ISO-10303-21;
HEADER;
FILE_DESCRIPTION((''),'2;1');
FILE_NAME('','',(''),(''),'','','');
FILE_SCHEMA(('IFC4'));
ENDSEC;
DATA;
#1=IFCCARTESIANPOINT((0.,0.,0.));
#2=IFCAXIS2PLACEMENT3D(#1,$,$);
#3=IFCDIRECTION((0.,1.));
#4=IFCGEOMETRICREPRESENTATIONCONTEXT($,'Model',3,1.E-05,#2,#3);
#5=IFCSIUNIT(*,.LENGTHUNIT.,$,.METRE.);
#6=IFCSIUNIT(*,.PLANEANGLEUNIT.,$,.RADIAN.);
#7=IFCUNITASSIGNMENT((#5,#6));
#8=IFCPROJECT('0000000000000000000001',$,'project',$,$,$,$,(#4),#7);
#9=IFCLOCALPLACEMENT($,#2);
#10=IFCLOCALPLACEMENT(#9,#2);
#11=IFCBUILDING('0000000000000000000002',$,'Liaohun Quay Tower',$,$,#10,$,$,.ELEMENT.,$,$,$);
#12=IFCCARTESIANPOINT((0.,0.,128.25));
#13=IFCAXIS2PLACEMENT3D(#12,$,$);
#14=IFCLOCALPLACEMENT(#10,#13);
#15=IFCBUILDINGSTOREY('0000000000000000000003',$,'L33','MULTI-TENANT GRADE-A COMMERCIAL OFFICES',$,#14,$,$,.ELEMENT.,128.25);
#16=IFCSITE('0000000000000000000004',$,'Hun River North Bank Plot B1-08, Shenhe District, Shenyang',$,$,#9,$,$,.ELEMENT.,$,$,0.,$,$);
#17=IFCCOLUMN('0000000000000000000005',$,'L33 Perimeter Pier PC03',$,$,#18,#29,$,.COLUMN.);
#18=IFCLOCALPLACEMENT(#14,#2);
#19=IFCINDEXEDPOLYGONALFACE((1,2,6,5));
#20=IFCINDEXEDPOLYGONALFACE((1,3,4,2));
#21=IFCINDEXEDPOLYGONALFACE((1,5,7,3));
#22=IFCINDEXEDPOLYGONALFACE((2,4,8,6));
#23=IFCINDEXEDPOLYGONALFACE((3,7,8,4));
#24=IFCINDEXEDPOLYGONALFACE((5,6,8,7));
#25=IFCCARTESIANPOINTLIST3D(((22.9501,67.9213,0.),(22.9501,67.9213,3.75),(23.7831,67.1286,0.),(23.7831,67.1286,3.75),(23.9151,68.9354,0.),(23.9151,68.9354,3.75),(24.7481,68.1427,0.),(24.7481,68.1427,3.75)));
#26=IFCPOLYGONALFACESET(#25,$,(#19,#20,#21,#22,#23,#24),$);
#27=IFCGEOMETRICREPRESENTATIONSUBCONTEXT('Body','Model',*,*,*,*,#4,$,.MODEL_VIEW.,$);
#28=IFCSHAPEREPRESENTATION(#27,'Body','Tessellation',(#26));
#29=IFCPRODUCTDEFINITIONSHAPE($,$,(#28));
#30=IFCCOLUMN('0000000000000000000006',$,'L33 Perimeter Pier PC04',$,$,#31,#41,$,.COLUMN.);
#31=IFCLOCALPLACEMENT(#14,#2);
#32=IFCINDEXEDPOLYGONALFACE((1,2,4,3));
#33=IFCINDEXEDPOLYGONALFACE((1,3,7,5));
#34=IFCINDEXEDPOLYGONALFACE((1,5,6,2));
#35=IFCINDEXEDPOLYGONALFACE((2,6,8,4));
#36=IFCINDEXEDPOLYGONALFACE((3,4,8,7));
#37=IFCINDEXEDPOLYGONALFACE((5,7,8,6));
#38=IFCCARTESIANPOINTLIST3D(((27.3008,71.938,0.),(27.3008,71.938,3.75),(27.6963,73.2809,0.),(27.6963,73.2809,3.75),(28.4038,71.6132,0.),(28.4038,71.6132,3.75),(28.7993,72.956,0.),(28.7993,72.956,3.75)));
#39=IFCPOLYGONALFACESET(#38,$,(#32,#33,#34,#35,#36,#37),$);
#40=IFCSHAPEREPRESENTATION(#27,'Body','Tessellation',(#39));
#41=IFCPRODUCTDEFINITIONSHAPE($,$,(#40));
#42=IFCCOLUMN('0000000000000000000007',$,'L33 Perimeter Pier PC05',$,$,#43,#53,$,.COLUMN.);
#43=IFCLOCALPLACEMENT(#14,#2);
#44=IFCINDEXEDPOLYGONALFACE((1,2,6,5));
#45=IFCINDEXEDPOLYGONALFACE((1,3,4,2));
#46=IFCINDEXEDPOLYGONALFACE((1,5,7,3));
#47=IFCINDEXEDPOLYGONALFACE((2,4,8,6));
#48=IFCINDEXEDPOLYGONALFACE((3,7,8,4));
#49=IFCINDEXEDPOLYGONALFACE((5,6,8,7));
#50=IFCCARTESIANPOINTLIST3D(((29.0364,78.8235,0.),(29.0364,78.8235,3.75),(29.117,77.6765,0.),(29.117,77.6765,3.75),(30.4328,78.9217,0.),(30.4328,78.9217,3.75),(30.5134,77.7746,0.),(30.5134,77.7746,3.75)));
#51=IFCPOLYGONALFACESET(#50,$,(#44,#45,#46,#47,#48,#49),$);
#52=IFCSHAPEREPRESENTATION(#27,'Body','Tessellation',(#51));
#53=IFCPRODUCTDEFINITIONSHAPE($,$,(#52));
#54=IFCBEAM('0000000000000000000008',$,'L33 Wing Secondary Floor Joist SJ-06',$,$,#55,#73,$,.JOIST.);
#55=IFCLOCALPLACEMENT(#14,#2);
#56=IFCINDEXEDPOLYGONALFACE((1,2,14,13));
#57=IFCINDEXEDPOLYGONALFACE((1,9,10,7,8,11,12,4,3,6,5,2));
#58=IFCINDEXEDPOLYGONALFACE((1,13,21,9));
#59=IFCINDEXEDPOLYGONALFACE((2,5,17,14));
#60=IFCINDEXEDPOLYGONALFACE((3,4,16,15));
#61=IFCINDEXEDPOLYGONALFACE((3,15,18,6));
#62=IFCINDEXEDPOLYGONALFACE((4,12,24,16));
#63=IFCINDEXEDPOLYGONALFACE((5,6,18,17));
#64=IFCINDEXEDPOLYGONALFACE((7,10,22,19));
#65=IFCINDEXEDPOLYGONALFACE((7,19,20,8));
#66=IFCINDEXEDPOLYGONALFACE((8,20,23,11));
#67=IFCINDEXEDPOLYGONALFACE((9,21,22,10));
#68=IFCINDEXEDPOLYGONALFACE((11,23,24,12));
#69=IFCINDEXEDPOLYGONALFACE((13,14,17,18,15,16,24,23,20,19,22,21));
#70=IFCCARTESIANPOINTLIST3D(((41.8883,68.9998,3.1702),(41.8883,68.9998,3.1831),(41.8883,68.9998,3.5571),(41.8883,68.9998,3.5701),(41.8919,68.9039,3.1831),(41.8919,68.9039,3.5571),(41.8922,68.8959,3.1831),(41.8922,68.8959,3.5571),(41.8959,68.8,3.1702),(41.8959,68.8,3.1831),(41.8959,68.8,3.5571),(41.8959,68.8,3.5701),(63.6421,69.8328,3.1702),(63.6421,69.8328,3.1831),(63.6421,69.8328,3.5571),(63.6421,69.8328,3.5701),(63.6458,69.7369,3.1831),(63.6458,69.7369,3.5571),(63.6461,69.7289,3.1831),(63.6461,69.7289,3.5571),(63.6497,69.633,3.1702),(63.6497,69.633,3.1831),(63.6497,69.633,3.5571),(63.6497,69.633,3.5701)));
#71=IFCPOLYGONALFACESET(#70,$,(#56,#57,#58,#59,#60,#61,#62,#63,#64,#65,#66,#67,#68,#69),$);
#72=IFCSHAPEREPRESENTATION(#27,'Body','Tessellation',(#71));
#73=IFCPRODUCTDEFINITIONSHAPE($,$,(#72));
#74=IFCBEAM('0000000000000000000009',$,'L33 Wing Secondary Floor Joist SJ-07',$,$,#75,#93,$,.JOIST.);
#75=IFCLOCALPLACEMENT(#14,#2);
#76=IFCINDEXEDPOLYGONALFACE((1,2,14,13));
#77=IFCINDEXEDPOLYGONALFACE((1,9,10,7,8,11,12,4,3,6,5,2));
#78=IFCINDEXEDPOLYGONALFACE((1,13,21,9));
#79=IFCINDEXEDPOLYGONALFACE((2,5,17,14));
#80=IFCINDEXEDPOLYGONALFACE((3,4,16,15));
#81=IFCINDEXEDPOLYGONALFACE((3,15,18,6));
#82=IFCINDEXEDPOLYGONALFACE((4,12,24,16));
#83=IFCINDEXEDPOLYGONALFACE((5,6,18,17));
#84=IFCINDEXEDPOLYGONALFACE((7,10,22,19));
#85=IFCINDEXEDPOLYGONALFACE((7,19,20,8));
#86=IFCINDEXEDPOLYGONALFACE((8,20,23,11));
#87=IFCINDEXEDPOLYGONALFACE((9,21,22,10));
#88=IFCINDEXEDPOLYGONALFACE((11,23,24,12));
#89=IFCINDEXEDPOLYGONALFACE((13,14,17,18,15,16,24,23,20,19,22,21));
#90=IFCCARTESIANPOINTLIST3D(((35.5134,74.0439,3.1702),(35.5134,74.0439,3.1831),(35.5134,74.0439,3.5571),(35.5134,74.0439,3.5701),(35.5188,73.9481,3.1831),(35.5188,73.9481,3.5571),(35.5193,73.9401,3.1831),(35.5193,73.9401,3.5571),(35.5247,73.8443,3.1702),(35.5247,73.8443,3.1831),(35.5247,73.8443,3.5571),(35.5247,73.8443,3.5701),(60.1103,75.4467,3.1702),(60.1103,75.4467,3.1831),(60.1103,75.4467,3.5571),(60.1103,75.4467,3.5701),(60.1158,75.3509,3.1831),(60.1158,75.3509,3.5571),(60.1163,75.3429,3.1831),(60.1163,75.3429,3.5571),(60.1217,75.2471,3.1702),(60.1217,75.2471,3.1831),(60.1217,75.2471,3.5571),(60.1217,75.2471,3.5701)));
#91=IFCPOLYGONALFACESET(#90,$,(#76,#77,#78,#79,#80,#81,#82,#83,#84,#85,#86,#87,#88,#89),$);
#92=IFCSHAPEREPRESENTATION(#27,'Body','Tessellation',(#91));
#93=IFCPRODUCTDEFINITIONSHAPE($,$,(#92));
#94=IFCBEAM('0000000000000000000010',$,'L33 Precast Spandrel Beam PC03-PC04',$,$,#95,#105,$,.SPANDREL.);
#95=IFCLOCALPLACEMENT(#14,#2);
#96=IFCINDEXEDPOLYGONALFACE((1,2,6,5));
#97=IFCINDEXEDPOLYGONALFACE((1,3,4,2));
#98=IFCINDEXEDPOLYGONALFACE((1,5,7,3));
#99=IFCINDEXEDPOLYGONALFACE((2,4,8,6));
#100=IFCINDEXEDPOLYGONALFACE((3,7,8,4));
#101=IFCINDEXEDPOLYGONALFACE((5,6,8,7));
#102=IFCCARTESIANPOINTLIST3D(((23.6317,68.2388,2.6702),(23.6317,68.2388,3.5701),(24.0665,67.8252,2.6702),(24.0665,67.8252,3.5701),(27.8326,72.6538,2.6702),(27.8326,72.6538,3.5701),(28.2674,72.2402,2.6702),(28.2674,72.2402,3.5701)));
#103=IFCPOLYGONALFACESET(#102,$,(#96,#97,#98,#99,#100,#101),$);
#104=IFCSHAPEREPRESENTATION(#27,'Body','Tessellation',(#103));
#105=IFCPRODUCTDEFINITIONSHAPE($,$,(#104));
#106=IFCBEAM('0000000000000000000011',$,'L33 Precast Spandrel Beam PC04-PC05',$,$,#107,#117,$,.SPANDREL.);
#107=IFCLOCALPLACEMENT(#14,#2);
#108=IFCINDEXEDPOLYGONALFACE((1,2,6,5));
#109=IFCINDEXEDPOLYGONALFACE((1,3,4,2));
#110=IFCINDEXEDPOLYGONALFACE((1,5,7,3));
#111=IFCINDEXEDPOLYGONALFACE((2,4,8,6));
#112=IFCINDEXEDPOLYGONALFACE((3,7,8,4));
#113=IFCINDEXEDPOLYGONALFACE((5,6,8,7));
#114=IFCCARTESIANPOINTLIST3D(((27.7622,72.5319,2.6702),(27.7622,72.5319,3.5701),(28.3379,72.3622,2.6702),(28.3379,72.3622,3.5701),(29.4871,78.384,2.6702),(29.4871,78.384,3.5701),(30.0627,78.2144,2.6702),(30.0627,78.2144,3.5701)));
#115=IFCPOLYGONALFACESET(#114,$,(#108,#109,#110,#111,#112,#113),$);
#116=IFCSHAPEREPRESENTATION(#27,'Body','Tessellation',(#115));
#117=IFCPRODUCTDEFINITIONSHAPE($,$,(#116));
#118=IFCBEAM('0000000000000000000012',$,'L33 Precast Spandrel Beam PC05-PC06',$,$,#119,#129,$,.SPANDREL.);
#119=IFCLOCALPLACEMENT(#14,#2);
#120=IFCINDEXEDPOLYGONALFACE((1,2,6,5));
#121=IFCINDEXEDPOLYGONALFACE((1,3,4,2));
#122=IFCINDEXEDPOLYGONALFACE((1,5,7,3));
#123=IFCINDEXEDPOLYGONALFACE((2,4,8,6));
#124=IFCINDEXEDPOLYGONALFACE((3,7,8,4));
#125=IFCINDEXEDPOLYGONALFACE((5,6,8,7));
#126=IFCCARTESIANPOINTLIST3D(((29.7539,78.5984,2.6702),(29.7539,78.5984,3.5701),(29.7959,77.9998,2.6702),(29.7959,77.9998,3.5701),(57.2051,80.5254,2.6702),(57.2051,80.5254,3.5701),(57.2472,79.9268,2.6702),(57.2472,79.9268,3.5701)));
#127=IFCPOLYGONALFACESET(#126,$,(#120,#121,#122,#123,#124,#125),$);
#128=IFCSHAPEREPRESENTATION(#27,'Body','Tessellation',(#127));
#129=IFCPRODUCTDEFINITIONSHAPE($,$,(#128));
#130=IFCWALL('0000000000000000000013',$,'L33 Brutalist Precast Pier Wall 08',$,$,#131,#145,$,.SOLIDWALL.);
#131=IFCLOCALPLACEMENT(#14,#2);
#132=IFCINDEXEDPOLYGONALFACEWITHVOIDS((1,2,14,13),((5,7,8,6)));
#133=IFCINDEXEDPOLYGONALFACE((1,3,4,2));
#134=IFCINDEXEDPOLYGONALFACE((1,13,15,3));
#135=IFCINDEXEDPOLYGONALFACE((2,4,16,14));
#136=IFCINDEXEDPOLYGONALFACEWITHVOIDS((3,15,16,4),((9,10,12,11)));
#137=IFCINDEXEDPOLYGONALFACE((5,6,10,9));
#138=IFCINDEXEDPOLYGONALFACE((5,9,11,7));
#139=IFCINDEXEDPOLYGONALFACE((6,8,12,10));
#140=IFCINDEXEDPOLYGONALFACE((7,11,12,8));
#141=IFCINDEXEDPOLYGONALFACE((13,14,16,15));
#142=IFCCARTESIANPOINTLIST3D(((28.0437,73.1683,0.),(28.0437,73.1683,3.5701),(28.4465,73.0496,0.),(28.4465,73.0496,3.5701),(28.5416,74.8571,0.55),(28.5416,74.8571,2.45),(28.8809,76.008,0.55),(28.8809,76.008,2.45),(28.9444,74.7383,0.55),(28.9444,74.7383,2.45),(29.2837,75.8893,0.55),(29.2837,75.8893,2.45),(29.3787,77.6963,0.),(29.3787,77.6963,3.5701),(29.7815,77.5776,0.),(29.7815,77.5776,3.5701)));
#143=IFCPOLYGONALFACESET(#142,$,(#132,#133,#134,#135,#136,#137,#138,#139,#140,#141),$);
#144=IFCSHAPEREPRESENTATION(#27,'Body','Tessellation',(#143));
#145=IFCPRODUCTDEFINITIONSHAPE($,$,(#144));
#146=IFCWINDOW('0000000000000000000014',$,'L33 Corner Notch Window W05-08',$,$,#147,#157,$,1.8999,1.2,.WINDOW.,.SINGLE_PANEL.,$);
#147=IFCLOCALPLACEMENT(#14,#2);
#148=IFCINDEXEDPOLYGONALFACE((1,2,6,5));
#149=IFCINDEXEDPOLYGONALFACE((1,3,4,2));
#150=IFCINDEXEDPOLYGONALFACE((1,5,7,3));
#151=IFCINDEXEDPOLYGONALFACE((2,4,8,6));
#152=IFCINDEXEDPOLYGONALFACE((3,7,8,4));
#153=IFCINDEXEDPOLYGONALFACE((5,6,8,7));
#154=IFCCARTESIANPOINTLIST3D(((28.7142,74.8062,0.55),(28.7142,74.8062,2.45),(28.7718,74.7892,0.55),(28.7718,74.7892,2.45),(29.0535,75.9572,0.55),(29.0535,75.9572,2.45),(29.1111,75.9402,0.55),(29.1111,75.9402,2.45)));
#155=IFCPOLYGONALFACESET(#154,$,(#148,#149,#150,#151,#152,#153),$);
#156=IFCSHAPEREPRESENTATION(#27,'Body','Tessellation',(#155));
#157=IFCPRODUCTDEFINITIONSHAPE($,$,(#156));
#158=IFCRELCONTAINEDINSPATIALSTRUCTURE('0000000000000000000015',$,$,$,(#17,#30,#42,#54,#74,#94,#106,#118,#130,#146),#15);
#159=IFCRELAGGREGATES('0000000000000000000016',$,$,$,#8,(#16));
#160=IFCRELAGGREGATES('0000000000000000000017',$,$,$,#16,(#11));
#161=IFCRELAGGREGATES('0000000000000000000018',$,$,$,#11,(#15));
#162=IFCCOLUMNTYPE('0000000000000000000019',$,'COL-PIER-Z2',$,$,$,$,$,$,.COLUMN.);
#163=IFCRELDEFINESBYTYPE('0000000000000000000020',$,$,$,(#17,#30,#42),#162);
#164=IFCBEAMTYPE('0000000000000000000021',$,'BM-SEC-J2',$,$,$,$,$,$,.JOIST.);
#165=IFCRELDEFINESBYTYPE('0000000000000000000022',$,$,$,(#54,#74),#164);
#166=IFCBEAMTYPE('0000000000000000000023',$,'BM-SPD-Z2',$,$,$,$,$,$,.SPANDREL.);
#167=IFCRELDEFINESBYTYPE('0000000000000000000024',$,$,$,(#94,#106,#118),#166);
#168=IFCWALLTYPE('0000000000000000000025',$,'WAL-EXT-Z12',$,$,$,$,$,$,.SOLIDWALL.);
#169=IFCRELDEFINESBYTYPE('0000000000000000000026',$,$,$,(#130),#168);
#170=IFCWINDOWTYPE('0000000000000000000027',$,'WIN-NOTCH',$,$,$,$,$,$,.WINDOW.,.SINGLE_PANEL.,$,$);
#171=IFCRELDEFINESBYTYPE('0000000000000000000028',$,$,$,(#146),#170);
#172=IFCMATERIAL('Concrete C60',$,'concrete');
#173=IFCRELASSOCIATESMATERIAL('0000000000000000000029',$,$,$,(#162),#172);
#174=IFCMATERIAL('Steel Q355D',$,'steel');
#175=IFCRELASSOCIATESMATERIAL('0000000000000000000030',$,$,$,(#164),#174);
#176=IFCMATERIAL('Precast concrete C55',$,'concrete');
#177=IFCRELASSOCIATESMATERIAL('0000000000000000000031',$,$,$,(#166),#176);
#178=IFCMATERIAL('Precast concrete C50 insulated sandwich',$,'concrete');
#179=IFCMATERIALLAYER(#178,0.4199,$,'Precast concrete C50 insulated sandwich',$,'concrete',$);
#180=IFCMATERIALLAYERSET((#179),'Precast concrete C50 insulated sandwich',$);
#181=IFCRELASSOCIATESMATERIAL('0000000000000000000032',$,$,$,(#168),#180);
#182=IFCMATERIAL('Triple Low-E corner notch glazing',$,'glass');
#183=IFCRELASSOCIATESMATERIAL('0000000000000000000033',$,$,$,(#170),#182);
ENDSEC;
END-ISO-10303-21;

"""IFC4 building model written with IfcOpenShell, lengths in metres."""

from ifc_helpers import new_model, si_unit, direction, frame, frame_2d, origin, origin_2d, place, context, subcontext, project, spatial, rectangle, i_section, extrude, source, transform, mapped, material, layer, layer_set, material_profile, profile_set, type_object, element, fill, save


model = new_model("IFC4")

# Units and contexts
model_context = context("Model", 3, precision=1e-05, world=origin(), true_north=direction((0.0, 1.0)))
body_context = subcontext(model_context, "Body", "Model", "MODEL_VIEW")
ifc_project = project(units=[si_unit("LENGTHUNIT", "METRE"), si_unit("PLANEANGLEUNIT", "RADIAN")], contexts=[model_context])

# Site, building, storey
site_placement = place(None, origin())
site = spatial("IfcSite", under=ifc_project, at=site_placement, Name="Hun River North Bank Plot B1-08, Shenhe District, Shenyang", CompositionType="ELEMENT", RefElevation=0.0)
building_placement = place(site_placement, origin())
building = spatial("IfcBuilding", under=site, at=building_placement, Name="Liaohun Quay Tower", CompositionType="ELEMENT")
storey_placement = place(building_placement, frame((0.0, 0.0, 128.25)))
storey = spatial("IfcBuildingStorey", under=building, at=storey_placement, Name="L33", Description="MULTI-TENANT GRADE-A COMMERCIAL OFFICES", CompositionType="ELEMENT", Elevation=128.25)

# Columns
ifc_material_1 = material(Name="Concrete C60", Category="concrete")
ifc_material_profile_1 = material_profile(ifc_material_1, rectangle(XDim=1.3999, YDim=1.1499, at=origin_2d()), Name="RC1400x1150")
ifc_profile_set_1 = profile_set([ifc_material_profile_1], Name="Concrete C60")
column_type = type_object("IfcColumnType", Name="COL-PIER-Z2", PredefinedType="COLUMN", material=ifc_profile_set_1)
shared_shape_1 = source(origin(), body_context, "Body", "SweptSolid", [
    extrude(rectangle(XDim=1.3999, YDim=1.1499, at=origin_2d()), origin(), (0.0, 0.0, 1.0), 3.75),
])
for number, where, z_axis, x_axis, name in (
    (1, (23.8491, 68.032, 0.0), (0.0, 0.0, 1.0), (0.689367, 0.724413, 0.0), "L33 Perimeter Pier PC03"),
    (2, (28.05, 72.447, 0.0), (0.0, 0.0, 1.0), (0.282509, 0.959265, 0.0), "L33 Perimeter Pier PC04"),
    (3, (29.7749, 78.2991, 0.0), (0.0, 0.0, 1.0), (0.99754, 0.070105, 0.0), "L33 Perimeter Pier PC05"),
):
    element("IfcColumn", number, at=place(storey_placement, frame(where, z_axis=z_axis, x_axis=x_axis)), inside=storey, type_object=column_type, Name=name, PredefinedType="COLUMN", context=body_context, shape_type="MappedRepresentation", body=[
        mapped(shared_shape_1, transform((0.0, 0.0, 0.0), x_axis=(1.0, 0.0, 0.0), y_axis=(0.0, 1.0, 0.0), z_axis=(0.0, 0.0, 1.0), scale=1.0)),
    ])

# Beams
ifc_material_2 = material(Name="Steel Q355D", Category="steel")
ifc_material_profile_2 = material_profile(ifc_material_2, i_section(OverallWidth=0.2, OverallDepth=0.3999, WebThickness=0.0081, FlangeThickness=0.0129, at=origin_2d()), Name="HN400x200x8x13")
ifc_profile_set_2 = profile_set([ifc_material_profile_2], Name="Steel Q355D")
beam_type_1 = type_object("IfcBeamType", Name="BM-SEC-J2", PredefinedType="JOIST", material=ifc_profile_set_2)
shared_shape_2 = source(origin(), body_context, "Body", "SweptSolid", [
    extrude(i_section(OverallWidth=0.2, OverallDepth=0.3999, WebThickness=0.0081, FlangeThickness=0.0129, at=origin_2d()), origin(), (0.0, 0.0, 1.0), 21.7698),
])
beam_1_placement = place(storey_placement, frame((41.8921, 68.8999, 3.3701), z_axis=(0.999268, 0.038264, 0.0), x_axis=(-0.038264, 0.999268, 0.0)))
element("IfcBeam", 4, at=beam_1_placement, inside=storey, type_object=beam_type_1, Name="L33 Wing Secondary Floor Joist SJ-06", PredefinedType="JOIST", context=body_context, shape_type="MappedRepresentation", body=[
    mapped(shared_shape_2, transform((0.0, 0.0, 0.0), x_axis=(1.0, 0.0, 0.0), y_axis=(0.0, 1.0, 0.0), z_axis=(0.0, 0.0, 1.0), scale=1.0)),
])
shared_shape_3 = source(origin(), body_context, "Body", "SweptSolid", [
    extrude(i_section(OverallWidth=0.2, OverallDepth=0.3999, WebThickness=0.0081, FlangeThickness=0.0129, at=origin_2d()), origin(), (0.0, 0.0, 1.0), 24.637),
])
beam_2_placement = place(storey_placement, frame((35.519, 73.9441, 3.3701), z_axis=(0.998378, 0.05694, 0.0), x_axis=(-0.05694, 0.998378, 0.0)))
element("IfcBeam", 5, at=beam_2_placement, inside=storey, type_object=beam_type_1, Name="L33 Wing Secondary Floor Joist SJ-07", PredefinedType="JOIST", context=body_context, shape_type="MappedRepresentation", body=[
    mapped(shared_shape_3, transform((0.0, 0.0, 0.0), x_axis=(1.0, 0.0, 0.0), y_axis=(0.0, 1.0, 0.0), z_axis=(0.0, 0.0, 1.0), scale=1.0)),
])
ifc_material_3 = material(Name="Precast concrete C55", Category="concrete")
ifc_material_profile_3 = material_profile(ifc_material_3, rectangle(XDim=0.6001, YDim=0.8999, at=origin_2d()), Name="RC600x900")
ifc_profile_set_3 = profile_set([ifc_material_profile_3], Name="Precast concrete C55")
beam_type_2 = type_object("IfcBeamType", Name="BM-SPD-Z2", PredefinedType="SPANDREL", material=ifc_profile_set_3)
shared_shape_4 = source(origin(), body_context, "Body", "SweptSolid", [
    extrude(rectangle(XDim=0.6001, YDim=0.8999, at=origin_2d()), origin(), (0.0, 0.0, 1.0), 6.0942),
])
beam_3_placement = place(storey_placement, frame((23.8491, 68.032, 3.1201), z_axis=(0.689322, 0.724455, 0.0), x_axis=(-0.724455, 0.689322, 0.0)))
element("IfcBeam", 6, at=beam_3_placement, inside=storey, type_object=beam_type_2, Name="L33 Precast Spandrel Beam PC03-PC04", PredefinedType="SPANDREL", context=body_context, shape_type="MappedRepresentation", body=[
    mapped(shared_shape_4, transform((0.0, 0.0, 0.0), x_axis=(1.0, 0.0, 0.0), y_axis=(0.0, 1.0, 0.0), z_axis=(0.0, 0.0, 1.0), scale=1.0)),
])
shared_shape_5 = source(origin(), body_context, "Body", "SweptSolid", [
    extrude(rectangle(XDim=0.6001, YDim=0.8999, at=origin_2d()), origin(), (0.0, 0.0, 1.0), 6.1011),
])
beam_4_placement = place(storey_placement, frame((28.05, 72.447, 3.1201), z_axis=(0.282719, 0.959203, 0.0), x_axis=(-0.959203, 0.282719, 0.0)))
element("IfcBeam", 7, at=beam_4_placement, inside=storey, type_object=beam_type_2, Name="L33 Precast Spandrel Beam PC04-PC05", PredefinedType="SPANDREL", context=body_context, shape_type="MappedRepresentation", body=[
    mapped(shared_shape_5, transform((0.0, 0.0, 0.0), x_axis=(1.0, 0.0, 0.0), y_axis=(0.0, 1.0, 0.0), z_axis=(0.0, 0.0, 1.0), scale=1.0)),
])
shared_shape_6 = source(origin(), body_context, "Body", "SweptSolid", [
    extrude(rectangle(XDim=0.6001, YDim=0.8999, at=origin_2d()), origin(), (0.0, 0.0, 1.0), 27.5188),
])
beam_5_placement = place(storey_placement, frame((29.7749, 78.2991, 3.1201), z_axis=(0.997545, 0.070025, 0.0), x_axis=(-0.070025, 0.997545, 0.0)))
element("IfcBeam", 8, at=beam_5_placement, inside=storey, type_object=beam_type_2, Name="L33 Precast Spandrel Beam PC05-PC06", PredefinedType="SPANDREL", context=body_context, shape_type="MappedRepresentation", body=[
    mapped(shared_shape_6, transform((0.0, 0.0, 0.0), x_axis=(1.0, 0.0, 0.0), y_axis=(0.0, 1.0, 0.0), z_axis=(0.0, 0.0, 1.0), scale=1.0)),
])

# Wall, opening, window
ifc_material_4 = material(Name="Precast concrete C50 insulated sandwich", Category="concrete")
ifc_layer_1 = layer(ifc_material_4, 0.4199, Name="Precast concrete C50 insulated sandwich", Category="concrete")
ifc_layer_set_1 = layer_set([ifc_layer_1], Name="Precast concrete C50 insulated sandwich")
wall_type_1 = type_object("IfcWallType", Name="WAL-EXT-Z12", PredefinedType="SOLIDWALL", material=ifc_layer_set_1)
wall_1_placement = place(storey_placement, frame((29.5801, 77.637, 0.0), z_axis=(0.0, 0.0, 1.0), x_axis=(-0.282785, -0.959183, 0.0)))
wall_1 = element("IfcWall", 9, at=wall_1_placement, inside=storey, type_object=wall_type_1, Name="L33 Brutalist Precast Pier Wall 08", PredefinedType="SOLIDWALL", context=body_context, shape_type="SweptSolid", body=[
    extrude(rectangle(XDim=4.7207, YDim=0.4199, at=frame_2d((2.3604, 0.0))), origin(), (0.0, 0.0, 1.0), 3.5701),
])
shared_shape_7 = source(origin(), body_context, "Body", "SweptSolid", [
    extrude(rectangle(XDim=1.2, YDim=1.8999, at=frame_2d((0.6001, 0.95))), frame((0.0, 0.22, 0.0), z_axis=(0.0, -1.0, 0.0), x_axis=(1.0, 0.0, 0.0)), (0.0, 0.0, 1.0), 0.4399),
])
opening_1_placement = place(wall_1_placement, frame((1.76, 0.0, 0.55)))
opening_1 = element("IfcOpeningElement", 10, at=opening_1_placement, cuts=wall_1, PredefinedType="OPENING", context=body_context, shape_type="MappedRepresentation", body=[
    mapped(shared_shape_7, transform((0.0, 0.0, 0.0), x_axis=(1.0, 0.0, 0.0), y_axis=(0.0, 1.0, 0.0), z_axis=(0.0, 0.0, 1.0), scale=1.0)),
])
ifc_material_5 = material(Name="Triple Low-E corner notch glazing", Category="glass")
window_type_1 = type_object("IfcWindowType", Name="WIN-NOTCH", PartitioningType="SINGLE_PANEL", PredefinedType="WINDOW", material=ifc_material_5)
shared_shape_8 = source(origin(), body_context, "Body", "SweptSolid", [
    extrude(rectangle(XDim=1.2, YDim=1.8999, at=frame_2d((0.6001, 0.95))), frame((0.0, 0.03, 0.0), z_axis=(0.0, -1.0, 0.0), x_axis=(1.0, 0.0, 0.0)), (0.0, 0.0, 1.0), 0.0601),
])
window_1_placement = place(opening_1_placement, origin())
window_1 = element("IfcWindow", 11, at=window_1_placement, inside=storey, type_object=window_type_1, Name="L33 Corner Notch Window W05-08", OverallHeight=1.8999, OverallWidth=1.2, PartitioningType="SINGLE_PANEL", PredefinedType="WINDOW", context=body_context, shape_type="MappedRepresentation", body=[
    mapped(shared_shape_8, transform((0.0, 0.0, 0.0), x_axis=(1.0, 0.0, 0.0), y_axis=(0.0, 1.0, 0.0), z_axis=(0.0, 0.0, 1.0), scale=1.0)),
])
fill(opening_1, window_1)

save(model, "model.ifc")
